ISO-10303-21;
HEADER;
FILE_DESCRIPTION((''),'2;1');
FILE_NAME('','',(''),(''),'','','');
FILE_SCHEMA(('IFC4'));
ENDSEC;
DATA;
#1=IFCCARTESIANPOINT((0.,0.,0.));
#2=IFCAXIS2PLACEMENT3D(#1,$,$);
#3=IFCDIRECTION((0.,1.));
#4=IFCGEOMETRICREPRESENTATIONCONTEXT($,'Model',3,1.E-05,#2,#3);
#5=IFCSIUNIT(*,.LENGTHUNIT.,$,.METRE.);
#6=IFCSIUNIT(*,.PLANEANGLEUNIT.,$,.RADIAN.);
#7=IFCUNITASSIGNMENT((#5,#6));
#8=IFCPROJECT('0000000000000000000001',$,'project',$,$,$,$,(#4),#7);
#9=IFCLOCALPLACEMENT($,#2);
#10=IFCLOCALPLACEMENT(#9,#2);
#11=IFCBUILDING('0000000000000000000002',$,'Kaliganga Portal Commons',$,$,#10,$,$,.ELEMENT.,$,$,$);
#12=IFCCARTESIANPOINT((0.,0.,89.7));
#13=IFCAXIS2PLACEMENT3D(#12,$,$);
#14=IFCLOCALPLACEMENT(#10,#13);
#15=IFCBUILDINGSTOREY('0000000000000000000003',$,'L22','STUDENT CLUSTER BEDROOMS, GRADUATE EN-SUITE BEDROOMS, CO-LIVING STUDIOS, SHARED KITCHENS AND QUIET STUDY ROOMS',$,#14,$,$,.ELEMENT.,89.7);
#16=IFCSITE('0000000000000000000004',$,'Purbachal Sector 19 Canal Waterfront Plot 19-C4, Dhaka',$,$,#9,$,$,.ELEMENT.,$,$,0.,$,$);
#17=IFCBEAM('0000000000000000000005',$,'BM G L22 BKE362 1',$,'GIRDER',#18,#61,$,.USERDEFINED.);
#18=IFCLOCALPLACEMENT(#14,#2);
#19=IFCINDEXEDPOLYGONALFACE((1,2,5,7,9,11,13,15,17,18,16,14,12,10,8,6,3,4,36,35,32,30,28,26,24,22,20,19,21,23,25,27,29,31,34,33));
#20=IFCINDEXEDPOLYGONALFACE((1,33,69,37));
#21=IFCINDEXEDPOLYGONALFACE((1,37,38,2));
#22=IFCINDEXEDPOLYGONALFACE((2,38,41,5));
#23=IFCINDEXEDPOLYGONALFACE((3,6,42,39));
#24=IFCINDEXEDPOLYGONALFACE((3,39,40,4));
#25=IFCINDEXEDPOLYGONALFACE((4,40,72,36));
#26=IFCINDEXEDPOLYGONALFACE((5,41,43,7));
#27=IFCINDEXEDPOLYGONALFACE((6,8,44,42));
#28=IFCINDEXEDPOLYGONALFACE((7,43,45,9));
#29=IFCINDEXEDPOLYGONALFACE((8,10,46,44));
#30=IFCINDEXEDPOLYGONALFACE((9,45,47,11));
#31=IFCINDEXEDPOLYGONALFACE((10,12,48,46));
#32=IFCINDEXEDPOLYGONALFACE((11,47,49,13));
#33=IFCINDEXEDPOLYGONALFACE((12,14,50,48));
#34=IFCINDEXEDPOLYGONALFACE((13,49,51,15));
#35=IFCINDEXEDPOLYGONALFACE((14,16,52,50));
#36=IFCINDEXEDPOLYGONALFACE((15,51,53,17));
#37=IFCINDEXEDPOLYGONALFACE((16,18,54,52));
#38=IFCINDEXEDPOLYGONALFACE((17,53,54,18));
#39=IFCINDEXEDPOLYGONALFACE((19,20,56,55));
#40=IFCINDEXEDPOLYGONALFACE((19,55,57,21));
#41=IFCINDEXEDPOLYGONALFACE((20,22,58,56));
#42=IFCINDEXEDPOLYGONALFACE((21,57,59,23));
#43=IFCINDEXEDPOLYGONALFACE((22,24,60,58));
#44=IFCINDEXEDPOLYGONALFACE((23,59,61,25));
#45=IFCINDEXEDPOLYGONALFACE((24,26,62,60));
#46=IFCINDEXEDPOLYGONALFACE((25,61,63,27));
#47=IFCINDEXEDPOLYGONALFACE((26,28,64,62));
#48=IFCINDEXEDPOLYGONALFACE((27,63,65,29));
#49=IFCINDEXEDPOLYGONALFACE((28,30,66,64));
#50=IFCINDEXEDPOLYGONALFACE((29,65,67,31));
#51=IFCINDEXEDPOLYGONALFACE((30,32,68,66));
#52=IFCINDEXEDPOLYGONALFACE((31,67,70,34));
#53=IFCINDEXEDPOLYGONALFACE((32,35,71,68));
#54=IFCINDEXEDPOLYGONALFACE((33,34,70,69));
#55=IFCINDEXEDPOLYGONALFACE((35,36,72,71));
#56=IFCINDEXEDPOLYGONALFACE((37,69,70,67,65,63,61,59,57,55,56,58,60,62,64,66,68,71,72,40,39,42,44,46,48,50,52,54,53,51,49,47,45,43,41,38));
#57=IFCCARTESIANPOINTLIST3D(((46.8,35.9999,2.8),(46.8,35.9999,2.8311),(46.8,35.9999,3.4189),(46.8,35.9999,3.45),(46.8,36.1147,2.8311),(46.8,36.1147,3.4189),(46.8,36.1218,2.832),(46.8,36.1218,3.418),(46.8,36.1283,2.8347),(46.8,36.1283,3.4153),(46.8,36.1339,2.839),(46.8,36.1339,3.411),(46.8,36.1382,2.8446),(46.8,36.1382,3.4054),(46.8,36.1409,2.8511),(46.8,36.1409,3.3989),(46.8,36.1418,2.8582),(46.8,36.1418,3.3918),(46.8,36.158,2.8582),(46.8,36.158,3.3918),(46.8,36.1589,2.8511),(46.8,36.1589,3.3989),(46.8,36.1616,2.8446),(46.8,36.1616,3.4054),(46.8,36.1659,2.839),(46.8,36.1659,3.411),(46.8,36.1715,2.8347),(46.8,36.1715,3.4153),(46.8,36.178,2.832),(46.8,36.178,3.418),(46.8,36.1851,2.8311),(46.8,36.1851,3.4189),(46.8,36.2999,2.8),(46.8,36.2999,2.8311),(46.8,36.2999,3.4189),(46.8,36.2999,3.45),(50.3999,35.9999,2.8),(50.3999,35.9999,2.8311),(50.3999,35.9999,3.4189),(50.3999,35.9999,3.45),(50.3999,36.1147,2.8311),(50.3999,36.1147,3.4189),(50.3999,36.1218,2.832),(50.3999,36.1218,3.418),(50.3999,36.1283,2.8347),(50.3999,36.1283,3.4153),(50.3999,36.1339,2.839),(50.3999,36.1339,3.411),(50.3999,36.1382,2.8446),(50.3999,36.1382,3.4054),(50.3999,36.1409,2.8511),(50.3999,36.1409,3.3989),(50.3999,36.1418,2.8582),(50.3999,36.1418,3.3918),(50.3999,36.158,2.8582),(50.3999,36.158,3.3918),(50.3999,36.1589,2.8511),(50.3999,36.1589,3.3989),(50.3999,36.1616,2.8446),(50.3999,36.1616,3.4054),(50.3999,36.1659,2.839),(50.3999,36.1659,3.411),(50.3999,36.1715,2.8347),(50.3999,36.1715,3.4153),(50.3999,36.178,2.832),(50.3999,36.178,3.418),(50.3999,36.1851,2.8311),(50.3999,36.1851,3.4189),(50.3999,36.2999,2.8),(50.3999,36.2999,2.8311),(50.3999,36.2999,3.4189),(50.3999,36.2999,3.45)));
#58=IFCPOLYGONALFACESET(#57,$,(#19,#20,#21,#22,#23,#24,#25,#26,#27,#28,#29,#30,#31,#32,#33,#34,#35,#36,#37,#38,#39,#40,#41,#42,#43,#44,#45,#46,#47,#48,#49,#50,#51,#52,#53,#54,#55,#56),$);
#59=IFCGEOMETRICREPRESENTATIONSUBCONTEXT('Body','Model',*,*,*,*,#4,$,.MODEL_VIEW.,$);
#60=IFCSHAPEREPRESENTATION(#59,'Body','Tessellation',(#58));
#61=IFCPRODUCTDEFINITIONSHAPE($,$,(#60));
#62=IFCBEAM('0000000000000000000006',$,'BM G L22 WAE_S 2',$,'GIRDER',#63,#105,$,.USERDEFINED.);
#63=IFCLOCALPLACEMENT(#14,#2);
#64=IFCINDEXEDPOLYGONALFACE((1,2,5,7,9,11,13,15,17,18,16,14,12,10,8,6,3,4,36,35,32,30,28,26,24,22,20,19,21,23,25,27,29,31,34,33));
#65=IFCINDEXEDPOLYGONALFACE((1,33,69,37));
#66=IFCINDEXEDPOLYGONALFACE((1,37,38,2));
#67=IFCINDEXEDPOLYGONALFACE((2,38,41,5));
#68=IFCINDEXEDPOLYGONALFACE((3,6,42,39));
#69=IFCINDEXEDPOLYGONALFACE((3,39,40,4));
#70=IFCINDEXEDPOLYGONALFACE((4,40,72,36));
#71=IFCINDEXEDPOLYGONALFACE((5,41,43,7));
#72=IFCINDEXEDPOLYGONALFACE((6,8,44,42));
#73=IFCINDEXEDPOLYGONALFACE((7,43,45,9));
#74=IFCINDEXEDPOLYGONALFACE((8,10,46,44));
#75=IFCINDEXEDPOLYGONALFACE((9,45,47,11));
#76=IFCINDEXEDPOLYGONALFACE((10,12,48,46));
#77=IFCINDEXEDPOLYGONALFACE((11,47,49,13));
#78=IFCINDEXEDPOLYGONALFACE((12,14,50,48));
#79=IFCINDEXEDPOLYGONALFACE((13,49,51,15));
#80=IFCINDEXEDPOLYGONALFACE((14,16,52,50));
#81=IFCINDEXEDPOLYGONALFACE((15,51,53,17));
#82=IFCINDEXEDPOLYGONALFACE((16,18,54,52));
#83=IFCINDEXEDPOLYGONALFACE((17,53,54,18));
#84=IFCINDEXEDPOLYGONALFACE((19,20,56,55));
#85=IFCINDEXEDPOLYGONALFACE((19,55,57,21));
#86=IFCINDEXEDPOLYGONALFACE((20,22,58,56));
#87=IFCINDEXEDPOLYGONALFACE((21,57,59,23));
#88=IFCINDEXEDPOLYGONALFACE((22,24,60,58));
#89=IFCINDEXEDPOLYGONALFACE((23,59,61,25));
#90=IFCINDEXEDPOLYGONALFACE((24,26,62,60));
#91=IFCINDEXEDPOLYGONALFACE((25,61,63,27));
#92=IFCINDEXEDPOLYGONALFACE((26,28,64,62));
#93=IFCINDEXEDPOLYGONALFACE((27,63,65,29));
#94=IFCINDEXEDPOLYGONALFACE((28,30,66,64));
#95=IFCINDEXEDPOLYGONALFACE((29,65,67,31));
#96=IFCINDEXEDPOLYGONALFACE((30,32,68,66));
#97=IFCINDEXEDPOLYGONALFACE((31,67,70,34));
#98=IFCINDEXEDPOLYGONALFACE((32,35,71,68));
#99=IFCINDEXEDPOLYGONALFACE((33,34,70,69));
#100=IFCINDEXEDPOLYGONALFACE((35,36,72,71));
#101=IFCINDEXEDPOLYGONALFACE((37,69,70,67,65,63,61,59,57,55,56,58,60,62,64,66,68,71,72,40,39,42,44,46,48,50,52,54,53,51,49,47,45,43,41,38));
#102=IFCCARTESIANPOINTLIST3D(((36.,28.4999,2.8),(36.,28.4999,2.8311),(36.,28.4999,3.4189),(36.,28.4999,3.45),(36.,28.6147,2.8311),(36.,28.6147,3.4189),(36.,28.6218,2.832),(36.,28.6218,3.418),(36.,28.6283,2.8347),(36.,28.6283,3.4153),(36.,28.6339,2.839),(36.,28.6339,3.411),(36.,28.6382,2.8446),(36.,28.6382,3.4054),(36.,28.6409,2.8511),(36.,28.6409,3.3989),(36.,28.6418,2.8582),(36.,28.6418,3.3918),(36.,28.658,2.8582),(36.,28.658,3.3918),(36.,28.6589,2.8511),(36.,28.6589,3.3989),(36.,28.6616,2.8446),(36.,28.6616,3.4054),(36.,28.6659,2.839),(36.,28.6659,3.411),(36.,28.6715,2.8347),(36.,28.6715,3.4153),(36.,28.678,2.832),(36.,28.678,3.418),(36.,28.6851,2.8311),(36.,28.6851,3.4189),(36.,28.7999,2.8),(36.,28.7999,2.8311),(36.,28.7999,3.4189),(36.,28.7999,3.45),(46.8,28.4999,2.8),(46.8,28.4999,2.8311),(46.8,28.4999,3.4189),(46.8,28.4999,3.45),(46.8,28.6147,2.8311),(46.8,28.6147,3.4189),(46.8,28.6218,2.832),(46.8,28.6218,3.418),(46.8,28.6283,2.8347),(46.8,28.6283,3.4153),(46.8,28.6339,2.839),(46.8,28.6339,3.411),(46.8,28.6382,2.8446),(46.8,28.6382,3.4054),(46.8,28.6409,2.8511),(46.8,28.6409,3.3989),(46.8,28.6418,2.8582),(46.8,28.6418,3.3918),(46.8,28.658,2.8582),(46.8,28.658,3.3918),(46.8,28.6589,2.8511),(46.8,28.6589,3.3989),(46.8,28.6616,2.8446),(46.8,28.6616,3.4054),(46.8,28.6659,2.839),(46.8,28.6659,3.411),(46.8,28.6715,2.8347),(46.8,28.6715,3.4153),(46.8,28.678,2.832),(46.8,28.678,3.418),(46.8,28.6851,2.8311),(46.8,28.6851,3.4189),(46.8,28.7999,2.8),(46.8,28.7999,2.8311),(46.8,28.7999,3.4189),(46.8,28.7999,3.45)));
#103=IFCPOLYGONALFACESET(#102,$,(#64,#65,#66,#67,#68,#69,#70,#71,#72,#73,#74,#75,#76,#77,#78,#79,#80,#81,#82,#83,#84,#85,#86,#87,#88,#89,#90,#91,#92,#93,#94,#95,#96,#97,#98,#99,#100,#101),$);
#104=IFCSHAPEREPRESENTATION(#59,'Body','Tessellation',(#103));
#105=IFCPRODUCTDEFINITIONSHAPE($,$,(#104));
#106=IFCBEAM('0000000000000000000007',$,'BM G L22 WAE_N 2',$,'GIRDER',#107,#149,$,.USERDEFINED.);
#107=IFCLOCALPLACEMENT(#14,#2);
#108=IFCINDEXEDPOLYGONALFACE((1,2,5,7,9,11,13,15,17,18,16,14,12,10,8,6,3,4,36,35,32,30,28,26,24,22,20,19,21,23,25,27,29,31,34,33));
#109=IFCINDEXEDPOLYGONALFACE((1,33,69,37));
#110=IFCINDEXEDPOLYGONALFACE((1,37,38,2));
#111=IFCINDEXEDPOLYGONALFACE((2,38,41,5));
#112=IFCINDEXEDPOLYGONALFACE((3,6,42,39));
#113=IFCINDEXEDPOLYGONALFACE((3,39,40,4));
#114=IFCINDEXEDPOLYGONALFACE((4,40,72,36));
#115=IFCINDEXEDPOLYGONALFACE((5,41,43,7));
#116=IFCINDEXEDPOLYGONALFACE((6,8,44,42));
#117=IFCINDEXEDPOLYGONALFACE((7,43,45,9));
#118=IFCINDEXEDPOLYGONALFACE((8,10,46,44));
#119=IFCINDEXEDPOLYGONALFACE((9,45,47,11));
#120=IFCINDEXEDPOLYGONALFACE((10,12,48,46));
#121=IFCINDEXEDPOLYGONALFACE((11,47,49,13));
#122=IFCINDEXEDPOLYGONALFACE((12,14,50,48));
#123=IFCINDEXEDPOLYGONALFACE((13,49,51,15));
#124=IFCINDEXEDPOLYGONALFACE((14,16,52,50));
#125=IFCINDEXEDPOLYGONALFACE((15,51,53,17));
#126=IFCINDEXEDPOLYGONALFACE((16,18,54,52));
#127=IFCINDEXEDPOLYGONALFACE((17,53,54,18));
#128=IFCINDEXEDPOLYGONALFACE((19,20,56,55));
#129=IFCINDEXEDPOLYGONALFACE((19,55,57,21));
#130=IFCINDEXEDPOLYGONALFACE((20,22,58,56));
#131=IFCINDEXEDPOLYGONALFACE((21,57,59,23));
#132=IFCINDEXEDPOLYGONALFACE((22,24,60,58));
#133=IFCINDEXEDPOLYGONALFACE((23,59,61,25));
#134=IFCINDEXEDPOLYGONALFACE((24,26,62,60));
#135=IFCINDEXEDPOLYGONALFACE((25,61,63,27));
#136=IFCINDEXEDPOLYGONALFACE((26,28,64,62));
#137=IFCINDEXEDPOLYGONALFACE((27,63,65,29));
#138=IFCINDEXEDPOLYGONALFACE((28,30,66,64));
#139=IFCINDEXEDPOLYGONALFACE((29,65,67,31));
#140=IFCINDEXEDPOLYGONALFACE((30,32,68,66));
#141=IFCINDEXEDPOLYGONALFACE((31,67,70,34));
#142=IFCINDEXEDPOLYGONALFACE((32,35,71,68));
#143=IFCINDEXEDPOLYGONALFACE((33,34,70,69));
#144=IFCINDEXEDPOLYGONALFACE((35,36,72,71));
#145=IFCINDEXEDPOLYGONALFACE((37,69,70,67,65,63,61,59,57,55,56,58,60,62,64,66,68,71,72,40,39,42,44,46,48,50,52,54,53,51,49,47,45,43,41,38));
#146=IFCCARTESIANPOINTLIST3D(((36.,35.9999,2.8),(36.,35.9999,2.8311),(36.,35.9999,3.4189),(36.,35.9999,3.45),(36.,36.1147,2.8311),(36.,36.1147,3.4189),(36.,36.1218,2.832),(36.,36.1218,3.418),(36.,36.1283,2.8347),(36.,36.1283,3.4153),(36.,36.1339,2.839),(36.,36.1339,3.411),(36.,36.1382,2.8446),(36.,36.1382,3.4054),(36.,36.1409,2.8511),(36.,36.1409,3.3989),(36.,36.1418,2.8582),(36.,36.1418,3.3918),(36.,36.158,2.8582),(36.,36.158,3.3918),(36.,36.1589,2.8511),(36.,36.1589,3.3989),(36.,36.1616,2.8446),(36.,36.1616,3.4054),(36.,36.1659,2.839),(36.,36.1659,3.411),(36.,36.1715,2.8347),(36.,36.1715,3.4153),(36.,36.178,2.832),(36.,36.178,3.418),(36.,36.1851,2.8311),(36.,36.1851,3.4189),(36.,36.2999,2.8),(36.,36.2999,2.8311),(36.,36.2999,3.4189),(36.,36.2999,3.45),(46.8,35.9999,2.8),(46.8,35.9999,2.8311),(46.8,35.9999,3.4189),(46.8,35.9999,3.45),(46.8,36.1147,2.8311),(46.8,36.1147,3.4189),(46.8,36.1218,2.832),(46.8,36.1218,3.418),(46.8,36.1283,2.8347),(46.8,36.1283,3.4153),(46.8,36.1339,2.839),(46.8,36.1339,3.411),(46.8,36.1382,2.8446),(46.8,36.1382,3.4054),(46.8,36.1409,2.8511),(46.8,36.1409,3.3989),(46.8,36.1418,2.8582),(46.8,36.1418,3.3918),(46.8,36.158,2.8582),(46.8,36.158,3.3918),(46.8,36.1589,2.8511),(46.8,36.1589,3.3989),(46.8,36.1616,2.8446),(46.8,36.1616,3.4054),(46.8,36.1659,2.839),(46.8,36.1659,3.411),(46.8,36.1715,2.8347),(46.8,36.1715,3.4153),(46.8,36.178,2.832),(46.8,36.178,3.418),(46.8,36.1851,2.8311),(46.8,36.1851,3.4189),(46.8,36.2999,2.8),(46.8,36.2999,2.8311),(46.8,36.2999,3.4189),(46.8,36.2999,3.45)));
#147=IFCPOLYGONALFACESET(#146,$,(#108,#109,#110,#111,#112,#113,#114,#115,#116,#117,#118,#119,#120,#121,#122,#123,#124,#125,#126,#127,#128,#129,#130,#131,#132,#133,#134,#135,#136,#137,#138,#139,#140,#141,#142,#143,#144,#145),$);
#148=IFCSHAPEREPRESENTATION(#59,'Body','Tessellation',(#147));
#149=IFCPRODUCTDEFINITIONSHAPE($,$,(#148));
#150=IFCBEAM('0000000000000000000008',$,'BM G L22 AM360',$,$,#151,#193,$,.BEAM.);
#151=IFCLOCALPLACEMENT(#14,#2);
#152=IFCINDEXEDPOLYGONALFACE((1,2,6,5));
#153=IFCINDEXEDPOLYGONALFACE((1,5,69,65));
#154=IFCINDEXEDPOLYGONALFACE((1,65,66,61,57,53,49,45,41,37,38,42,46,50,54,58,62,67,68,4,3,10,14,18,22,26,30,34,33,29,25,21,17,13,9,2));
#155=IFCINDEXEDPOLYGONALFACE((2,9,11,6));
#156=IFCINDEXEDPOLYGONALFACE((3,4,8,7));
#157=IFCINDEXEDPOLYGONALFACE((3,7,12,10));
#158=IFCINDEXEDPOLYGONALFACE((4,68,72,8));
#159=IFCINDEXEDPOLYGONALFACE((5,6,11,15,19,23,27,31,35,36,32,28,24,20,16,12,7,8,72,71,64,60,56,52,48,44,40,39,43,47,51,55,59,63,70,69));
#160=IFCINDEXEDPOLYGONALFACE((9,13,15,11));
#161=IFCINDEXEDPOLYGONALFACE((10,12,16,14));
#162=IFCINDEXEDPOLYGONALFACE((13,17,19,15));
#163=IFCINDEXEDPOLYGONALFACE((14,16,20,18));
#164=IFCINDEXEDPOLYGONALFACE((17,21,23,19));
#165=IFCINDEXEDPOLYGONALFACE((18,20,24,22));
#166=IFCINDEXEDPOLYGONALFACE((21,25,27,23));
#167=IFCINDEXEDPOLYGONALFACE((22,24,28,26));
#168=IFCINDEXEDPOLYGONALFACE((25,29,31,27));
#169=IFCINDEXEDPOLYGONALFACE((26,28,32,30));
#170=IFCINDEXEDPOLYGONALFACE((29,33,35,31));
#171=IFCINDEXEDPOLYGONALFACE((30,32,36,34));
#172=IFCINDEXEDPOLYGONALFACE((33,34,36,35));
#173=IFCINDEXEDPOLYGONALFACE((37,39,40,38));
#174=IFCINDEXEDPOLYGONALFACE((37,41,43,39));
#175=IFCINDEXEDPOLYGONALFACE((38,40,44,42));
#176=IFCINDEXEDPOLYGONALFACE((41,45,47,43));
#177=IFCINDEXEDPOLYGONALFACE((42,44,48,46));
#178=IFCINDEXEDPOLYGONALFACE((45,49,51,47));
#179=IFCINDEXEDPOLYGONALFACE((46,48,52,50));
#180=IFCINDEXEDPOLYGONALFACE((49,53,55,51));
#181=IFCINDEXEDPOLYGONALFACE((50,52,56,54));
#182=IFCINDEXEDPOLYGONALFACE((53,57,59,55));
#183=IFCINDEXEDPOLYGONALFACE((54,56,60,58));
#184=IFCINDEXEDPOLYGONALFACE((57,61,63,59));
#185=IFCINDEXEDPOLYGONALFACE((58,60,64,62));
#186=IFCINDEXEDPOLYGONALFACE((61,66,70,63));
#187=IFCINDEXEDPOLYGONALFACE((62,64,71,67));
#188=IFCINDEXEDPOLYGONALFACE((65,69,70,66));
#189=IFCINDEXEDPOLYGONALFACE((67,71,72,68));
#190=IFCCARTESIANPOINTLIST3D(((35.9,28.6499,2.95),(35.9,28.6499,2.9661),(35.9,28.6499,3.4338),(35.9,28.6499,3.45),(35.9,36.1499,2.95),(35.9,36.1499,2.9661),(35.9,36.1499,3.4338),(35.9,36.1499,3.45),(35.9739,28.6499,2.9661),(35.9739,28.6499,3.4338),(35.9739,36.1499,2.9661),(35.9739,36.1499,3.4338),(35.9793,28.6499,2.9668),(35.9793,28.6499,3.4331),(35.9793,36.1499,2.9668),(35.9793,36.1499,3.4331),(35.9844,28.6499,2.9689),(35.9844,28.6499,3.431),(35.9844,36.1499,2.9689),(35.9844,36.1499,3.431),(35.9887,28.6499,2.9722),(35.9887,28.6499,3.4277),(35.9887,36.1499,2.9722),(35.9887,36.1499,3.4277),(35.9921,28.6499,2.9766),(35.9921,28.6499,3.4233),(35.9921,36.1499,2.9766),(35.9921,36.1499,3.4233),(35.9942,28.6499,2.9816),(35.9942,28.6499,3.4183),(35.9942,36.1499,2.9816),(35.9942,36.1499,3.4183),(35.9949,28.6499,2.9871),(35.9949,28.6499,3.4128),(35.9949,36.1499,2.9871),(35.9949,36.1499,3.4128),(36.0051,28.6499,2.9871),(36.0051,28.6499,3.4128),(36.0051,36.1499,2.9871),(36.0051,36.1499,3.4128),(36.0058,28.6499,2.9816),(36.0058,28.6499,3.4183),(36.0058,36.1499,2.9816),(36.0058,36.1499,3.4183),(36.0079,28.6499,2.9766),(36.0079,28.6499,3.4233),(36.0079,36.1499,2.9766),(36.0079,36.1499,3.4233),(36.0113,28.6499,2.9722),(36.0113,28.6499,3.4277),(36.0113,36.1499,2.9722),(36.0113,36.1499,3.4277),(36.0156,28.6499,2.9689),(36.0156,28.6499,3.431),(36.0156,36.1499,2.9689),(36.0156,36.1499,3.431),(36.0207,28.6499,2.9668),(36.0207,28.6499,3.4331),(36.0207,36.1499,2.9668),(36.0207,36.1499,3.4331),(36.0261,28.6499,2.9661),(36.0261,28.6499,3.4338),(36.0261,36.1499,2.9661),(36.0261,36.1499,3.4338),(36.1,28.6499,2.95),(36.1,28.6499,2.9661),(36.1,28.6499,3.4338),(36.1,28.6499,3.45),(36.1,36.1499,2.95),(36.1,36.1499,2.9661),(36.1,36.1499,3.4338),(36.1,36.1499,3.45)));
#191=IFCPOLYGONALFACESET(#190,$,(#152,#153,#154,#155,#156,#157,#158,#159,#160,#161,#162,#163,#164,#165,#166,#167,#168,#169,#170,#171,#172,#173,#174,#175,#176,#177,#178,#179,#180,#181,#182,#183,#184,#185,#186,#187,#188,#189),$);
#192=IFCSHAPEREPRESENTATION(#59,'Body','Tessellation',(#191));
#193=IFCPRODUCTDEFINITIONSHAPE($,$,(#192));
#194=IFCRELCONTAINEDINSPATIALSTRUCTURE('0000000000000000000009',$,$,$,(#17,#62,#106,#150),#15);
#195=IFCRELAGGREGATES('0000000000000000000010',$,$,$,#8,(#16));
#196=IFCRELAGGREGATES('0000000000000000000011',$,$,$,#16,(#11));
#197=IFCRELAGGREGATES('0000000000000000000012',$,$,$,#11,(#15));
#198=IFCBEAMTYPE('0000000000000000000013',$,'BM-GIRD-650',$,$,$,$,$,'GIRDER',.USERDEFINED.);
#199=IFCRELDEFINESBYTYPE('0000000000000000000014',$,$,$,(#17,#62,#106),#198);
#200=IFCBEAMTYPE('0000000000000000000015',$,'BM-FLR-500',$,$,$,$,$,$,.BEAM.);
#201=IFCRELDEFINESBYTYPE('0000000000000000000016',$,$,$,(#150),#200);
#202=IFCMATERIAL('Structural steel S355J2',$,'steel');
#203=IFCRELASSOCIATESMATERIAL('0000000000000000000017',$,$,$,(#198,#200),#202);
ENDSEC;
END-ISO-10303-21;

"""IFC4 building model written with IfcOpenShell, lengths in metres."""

from ifc_helpers import new_model, si_unit, direction, frame, origin, origin_2d, place, context, subcontext, project, spatial, i_section, extrude, source, transform, mapped, material, material_profile, profile_set, type_object, element, save


model = new_model("IFC4")

# Units and contexts
model_context = context("Model", 3, precision=1e-05, world=origin(), true_north=direction((0.0, 1.0)))
body_context = subcontext(model_context, "Body", "Model", "MODEL_VIEW")
ifc_project = project(units=[si_unit("LENGTHUNIT", "METRE"), si_unit("PLANEANGLEUNIT", "RADIAN")], contexts=[model_context])

# Site, building, storey
site_placement = place(None, origin())
site = spatial("IfcSite", under=ifc_project, at=site_placement, Name="Purbachal Sector 19 Canal Waterfront Plot 19-C4, Dhaka", CompositionType="ELEMENT", RefElevation=0.0)
building_placement = place(site_placement, origin())
building = spatial("IfcBuilding", under=site, at=building_placement, Name="Kaliganga Portal Commons", CompositionType="ELEMENT")
storey_placement = place(building_placement, frame((0.0, 0.0, 89.7)))
storey = spatial("IfcBuildingStorey", under=building, at=storey_placement, Name="L22", Description="STUDENT CLUSTER BEDROOMS, GRADUATE EN-SUITE BEDROOMS, CO-LIVING STUDIOS, SHARED KITCHENS AND QUIET STUDY ROOMS", CompositionType="ELEMENT", Elevation=89.7)

# Beams
ifc_material_1 = material(Name="Structural steel S355J2", Category="steel")
ifc_material_profile_1 = material_profile(ifc_material_1, i_section(OverallWidth=0.3, OverallDepth=0.6499, WebThickness=0.0161, FlangeThickness=0.031, FilletRadius=0.0271, at=origin_2d()), Name="HE 650 B")
ifc_profile_set_1 = profile_set([ifc_material_profile_1], Name="Structural steel S355J2 wide-flange")
beam_type_1 = type_object("IfcBeamType", Name="BM-GIRD-650", ElementType="GIRDER", PredefinedType="USERDEFINED", material=ifc_profile_set_1)
shared_shape_1 = source(origin(), body_context, "Body", "SweptSolid", [
    extrude(i_section(OverallWidth=0.3, OverallDepth=0.6499, WebThickness=0.0161, FlangeThickness=0.031, FilletRadius=0.0271, at=origin_2d()), origin(), (0.0, 0.0, 1.0), 3.5999),
])
for number, where, z_axis, x_axis, name in (
    (1, (46.8, 36.1499, 3.125), (1.0, 0.0, 0.0), (0.0, 1.0, 0.0), "BM G L22 BKE362 1"),
):
    element("IfcBeam", number, at=place(storey_placement, frame(where, z_axis=z_axis, x_axis=x_axis)), inside=storey, type_object=beam_type_1, Name=name, ObjectType="GIRDER", PredefinedType="USERDEFINED", context=body_context, shape_type="MappedRepresentation", body=[
        mapped(shared_shape_1, transform((0.0, 0.0, 0.0), x_axis=(1.0, 0.0, 0.0), y_axis=(0.0, 1.0, 0.0), z_axis=(0.0, 0.0, 1.0), scale=1.0)),
    ])
shared_shape_2 = source(origin(), body_context, "Body", "SweptSolid", [
    extrude(i_section(OverallWidth=0.3, OverallDepth=0.6499, WebThickness=0.0161, FlangeThickness=0.031, FilletRadius=0.0271, at=origin_2d()), origin(), (0.0, 0.0, 1.0), 10.8),
])
for number, where, z_axis, x_axis, name in (
    (2, (36.0, 28.6499, 3.125), (1.0, 0.0, 0.0), (0.0, 1.0, 0.0), "BM G L22 WAE_S 2"),
    (3, (36.0, 36.1499, 3.125), (1.0, 0.0, 0.0), (0.0, 1.0, 0.0), "BM G L22 WAE_N 2"),
):
    element("IfcBeam", number, at=place(storey_placement, frame(where, z_axis=z_axis, x_axis=x_axis)), inside=storey, type_object=beam_type_1, Name=name, ObjectType="GIRDER", PredefinedType="USERDEFINED", context=body_context, shape_type="MappedRepresentation", body=[
        mapped(shared_shape_2, transform((0.0, 0.0, 0.0), x_axis=(1.0, 0.0, 0.0), y_axis=(0.0, 1.0, 0.0), z_axis=(0.0, 0.0, 1.0), scale=1.0)),
    ])
ifc_material_profile_2 = material_profile(ifc_material_1, i_section(OverallWidth=0.2, OverallDepth=0.5, WebThickness=0.0103, FlangeThickness=0.0161, FilletRadius=0.021, at=origin_2d()), Name="IPE 500")
ifc_profile_set_2 = profile_set([ifc_material_profile_2], Name="Structural steel S355J2 wide-flange")
beam_type_2 = type_object("IfcBeamType", Name="BM-FLR-500", PredefinedType="BEAM", material=ifc_profile_set_2)
shared_shape_3 = source(origin(), body_context, "Body", "SweptSolid", [
    extrude(i_section(OverallWidth=0.2, OverallDepth=0.5, WebThickness=0.0103, FlangeThickness=0.0161, FilletRadius=0.021, at=origin_2d()), origin(), (0.0, 0.0, 1.0), 7.5),
])
for number, where, z_axis, x_axis, name in (
    (4, (36.0, 28.6499, 3.2), (0.0, 1.0, 0.0), (-1.0, 0.0, 0.0), "BM G L22 AM360"),
):
    element("IfcBeam", number, at=place(storey_placement, frame(where, z_axis=z_axis, x_axis=x_axis)), inside=storey, type_object=beam_type_2, Name=name, PredefinedType="BEAM", context=body_context, shape_type="MappedRepresentation", body=[
        mapped(shared_shape_3, transform((0.0, 0.0, 0.0), x_axis=(1.0, 0.0, 0.0), y_axis=(0.0, 1.0, 0.0), z_axis=(0.0, 0.0, 1.0), scale=1.0)),
    ])

save(model, "model.ifc")
